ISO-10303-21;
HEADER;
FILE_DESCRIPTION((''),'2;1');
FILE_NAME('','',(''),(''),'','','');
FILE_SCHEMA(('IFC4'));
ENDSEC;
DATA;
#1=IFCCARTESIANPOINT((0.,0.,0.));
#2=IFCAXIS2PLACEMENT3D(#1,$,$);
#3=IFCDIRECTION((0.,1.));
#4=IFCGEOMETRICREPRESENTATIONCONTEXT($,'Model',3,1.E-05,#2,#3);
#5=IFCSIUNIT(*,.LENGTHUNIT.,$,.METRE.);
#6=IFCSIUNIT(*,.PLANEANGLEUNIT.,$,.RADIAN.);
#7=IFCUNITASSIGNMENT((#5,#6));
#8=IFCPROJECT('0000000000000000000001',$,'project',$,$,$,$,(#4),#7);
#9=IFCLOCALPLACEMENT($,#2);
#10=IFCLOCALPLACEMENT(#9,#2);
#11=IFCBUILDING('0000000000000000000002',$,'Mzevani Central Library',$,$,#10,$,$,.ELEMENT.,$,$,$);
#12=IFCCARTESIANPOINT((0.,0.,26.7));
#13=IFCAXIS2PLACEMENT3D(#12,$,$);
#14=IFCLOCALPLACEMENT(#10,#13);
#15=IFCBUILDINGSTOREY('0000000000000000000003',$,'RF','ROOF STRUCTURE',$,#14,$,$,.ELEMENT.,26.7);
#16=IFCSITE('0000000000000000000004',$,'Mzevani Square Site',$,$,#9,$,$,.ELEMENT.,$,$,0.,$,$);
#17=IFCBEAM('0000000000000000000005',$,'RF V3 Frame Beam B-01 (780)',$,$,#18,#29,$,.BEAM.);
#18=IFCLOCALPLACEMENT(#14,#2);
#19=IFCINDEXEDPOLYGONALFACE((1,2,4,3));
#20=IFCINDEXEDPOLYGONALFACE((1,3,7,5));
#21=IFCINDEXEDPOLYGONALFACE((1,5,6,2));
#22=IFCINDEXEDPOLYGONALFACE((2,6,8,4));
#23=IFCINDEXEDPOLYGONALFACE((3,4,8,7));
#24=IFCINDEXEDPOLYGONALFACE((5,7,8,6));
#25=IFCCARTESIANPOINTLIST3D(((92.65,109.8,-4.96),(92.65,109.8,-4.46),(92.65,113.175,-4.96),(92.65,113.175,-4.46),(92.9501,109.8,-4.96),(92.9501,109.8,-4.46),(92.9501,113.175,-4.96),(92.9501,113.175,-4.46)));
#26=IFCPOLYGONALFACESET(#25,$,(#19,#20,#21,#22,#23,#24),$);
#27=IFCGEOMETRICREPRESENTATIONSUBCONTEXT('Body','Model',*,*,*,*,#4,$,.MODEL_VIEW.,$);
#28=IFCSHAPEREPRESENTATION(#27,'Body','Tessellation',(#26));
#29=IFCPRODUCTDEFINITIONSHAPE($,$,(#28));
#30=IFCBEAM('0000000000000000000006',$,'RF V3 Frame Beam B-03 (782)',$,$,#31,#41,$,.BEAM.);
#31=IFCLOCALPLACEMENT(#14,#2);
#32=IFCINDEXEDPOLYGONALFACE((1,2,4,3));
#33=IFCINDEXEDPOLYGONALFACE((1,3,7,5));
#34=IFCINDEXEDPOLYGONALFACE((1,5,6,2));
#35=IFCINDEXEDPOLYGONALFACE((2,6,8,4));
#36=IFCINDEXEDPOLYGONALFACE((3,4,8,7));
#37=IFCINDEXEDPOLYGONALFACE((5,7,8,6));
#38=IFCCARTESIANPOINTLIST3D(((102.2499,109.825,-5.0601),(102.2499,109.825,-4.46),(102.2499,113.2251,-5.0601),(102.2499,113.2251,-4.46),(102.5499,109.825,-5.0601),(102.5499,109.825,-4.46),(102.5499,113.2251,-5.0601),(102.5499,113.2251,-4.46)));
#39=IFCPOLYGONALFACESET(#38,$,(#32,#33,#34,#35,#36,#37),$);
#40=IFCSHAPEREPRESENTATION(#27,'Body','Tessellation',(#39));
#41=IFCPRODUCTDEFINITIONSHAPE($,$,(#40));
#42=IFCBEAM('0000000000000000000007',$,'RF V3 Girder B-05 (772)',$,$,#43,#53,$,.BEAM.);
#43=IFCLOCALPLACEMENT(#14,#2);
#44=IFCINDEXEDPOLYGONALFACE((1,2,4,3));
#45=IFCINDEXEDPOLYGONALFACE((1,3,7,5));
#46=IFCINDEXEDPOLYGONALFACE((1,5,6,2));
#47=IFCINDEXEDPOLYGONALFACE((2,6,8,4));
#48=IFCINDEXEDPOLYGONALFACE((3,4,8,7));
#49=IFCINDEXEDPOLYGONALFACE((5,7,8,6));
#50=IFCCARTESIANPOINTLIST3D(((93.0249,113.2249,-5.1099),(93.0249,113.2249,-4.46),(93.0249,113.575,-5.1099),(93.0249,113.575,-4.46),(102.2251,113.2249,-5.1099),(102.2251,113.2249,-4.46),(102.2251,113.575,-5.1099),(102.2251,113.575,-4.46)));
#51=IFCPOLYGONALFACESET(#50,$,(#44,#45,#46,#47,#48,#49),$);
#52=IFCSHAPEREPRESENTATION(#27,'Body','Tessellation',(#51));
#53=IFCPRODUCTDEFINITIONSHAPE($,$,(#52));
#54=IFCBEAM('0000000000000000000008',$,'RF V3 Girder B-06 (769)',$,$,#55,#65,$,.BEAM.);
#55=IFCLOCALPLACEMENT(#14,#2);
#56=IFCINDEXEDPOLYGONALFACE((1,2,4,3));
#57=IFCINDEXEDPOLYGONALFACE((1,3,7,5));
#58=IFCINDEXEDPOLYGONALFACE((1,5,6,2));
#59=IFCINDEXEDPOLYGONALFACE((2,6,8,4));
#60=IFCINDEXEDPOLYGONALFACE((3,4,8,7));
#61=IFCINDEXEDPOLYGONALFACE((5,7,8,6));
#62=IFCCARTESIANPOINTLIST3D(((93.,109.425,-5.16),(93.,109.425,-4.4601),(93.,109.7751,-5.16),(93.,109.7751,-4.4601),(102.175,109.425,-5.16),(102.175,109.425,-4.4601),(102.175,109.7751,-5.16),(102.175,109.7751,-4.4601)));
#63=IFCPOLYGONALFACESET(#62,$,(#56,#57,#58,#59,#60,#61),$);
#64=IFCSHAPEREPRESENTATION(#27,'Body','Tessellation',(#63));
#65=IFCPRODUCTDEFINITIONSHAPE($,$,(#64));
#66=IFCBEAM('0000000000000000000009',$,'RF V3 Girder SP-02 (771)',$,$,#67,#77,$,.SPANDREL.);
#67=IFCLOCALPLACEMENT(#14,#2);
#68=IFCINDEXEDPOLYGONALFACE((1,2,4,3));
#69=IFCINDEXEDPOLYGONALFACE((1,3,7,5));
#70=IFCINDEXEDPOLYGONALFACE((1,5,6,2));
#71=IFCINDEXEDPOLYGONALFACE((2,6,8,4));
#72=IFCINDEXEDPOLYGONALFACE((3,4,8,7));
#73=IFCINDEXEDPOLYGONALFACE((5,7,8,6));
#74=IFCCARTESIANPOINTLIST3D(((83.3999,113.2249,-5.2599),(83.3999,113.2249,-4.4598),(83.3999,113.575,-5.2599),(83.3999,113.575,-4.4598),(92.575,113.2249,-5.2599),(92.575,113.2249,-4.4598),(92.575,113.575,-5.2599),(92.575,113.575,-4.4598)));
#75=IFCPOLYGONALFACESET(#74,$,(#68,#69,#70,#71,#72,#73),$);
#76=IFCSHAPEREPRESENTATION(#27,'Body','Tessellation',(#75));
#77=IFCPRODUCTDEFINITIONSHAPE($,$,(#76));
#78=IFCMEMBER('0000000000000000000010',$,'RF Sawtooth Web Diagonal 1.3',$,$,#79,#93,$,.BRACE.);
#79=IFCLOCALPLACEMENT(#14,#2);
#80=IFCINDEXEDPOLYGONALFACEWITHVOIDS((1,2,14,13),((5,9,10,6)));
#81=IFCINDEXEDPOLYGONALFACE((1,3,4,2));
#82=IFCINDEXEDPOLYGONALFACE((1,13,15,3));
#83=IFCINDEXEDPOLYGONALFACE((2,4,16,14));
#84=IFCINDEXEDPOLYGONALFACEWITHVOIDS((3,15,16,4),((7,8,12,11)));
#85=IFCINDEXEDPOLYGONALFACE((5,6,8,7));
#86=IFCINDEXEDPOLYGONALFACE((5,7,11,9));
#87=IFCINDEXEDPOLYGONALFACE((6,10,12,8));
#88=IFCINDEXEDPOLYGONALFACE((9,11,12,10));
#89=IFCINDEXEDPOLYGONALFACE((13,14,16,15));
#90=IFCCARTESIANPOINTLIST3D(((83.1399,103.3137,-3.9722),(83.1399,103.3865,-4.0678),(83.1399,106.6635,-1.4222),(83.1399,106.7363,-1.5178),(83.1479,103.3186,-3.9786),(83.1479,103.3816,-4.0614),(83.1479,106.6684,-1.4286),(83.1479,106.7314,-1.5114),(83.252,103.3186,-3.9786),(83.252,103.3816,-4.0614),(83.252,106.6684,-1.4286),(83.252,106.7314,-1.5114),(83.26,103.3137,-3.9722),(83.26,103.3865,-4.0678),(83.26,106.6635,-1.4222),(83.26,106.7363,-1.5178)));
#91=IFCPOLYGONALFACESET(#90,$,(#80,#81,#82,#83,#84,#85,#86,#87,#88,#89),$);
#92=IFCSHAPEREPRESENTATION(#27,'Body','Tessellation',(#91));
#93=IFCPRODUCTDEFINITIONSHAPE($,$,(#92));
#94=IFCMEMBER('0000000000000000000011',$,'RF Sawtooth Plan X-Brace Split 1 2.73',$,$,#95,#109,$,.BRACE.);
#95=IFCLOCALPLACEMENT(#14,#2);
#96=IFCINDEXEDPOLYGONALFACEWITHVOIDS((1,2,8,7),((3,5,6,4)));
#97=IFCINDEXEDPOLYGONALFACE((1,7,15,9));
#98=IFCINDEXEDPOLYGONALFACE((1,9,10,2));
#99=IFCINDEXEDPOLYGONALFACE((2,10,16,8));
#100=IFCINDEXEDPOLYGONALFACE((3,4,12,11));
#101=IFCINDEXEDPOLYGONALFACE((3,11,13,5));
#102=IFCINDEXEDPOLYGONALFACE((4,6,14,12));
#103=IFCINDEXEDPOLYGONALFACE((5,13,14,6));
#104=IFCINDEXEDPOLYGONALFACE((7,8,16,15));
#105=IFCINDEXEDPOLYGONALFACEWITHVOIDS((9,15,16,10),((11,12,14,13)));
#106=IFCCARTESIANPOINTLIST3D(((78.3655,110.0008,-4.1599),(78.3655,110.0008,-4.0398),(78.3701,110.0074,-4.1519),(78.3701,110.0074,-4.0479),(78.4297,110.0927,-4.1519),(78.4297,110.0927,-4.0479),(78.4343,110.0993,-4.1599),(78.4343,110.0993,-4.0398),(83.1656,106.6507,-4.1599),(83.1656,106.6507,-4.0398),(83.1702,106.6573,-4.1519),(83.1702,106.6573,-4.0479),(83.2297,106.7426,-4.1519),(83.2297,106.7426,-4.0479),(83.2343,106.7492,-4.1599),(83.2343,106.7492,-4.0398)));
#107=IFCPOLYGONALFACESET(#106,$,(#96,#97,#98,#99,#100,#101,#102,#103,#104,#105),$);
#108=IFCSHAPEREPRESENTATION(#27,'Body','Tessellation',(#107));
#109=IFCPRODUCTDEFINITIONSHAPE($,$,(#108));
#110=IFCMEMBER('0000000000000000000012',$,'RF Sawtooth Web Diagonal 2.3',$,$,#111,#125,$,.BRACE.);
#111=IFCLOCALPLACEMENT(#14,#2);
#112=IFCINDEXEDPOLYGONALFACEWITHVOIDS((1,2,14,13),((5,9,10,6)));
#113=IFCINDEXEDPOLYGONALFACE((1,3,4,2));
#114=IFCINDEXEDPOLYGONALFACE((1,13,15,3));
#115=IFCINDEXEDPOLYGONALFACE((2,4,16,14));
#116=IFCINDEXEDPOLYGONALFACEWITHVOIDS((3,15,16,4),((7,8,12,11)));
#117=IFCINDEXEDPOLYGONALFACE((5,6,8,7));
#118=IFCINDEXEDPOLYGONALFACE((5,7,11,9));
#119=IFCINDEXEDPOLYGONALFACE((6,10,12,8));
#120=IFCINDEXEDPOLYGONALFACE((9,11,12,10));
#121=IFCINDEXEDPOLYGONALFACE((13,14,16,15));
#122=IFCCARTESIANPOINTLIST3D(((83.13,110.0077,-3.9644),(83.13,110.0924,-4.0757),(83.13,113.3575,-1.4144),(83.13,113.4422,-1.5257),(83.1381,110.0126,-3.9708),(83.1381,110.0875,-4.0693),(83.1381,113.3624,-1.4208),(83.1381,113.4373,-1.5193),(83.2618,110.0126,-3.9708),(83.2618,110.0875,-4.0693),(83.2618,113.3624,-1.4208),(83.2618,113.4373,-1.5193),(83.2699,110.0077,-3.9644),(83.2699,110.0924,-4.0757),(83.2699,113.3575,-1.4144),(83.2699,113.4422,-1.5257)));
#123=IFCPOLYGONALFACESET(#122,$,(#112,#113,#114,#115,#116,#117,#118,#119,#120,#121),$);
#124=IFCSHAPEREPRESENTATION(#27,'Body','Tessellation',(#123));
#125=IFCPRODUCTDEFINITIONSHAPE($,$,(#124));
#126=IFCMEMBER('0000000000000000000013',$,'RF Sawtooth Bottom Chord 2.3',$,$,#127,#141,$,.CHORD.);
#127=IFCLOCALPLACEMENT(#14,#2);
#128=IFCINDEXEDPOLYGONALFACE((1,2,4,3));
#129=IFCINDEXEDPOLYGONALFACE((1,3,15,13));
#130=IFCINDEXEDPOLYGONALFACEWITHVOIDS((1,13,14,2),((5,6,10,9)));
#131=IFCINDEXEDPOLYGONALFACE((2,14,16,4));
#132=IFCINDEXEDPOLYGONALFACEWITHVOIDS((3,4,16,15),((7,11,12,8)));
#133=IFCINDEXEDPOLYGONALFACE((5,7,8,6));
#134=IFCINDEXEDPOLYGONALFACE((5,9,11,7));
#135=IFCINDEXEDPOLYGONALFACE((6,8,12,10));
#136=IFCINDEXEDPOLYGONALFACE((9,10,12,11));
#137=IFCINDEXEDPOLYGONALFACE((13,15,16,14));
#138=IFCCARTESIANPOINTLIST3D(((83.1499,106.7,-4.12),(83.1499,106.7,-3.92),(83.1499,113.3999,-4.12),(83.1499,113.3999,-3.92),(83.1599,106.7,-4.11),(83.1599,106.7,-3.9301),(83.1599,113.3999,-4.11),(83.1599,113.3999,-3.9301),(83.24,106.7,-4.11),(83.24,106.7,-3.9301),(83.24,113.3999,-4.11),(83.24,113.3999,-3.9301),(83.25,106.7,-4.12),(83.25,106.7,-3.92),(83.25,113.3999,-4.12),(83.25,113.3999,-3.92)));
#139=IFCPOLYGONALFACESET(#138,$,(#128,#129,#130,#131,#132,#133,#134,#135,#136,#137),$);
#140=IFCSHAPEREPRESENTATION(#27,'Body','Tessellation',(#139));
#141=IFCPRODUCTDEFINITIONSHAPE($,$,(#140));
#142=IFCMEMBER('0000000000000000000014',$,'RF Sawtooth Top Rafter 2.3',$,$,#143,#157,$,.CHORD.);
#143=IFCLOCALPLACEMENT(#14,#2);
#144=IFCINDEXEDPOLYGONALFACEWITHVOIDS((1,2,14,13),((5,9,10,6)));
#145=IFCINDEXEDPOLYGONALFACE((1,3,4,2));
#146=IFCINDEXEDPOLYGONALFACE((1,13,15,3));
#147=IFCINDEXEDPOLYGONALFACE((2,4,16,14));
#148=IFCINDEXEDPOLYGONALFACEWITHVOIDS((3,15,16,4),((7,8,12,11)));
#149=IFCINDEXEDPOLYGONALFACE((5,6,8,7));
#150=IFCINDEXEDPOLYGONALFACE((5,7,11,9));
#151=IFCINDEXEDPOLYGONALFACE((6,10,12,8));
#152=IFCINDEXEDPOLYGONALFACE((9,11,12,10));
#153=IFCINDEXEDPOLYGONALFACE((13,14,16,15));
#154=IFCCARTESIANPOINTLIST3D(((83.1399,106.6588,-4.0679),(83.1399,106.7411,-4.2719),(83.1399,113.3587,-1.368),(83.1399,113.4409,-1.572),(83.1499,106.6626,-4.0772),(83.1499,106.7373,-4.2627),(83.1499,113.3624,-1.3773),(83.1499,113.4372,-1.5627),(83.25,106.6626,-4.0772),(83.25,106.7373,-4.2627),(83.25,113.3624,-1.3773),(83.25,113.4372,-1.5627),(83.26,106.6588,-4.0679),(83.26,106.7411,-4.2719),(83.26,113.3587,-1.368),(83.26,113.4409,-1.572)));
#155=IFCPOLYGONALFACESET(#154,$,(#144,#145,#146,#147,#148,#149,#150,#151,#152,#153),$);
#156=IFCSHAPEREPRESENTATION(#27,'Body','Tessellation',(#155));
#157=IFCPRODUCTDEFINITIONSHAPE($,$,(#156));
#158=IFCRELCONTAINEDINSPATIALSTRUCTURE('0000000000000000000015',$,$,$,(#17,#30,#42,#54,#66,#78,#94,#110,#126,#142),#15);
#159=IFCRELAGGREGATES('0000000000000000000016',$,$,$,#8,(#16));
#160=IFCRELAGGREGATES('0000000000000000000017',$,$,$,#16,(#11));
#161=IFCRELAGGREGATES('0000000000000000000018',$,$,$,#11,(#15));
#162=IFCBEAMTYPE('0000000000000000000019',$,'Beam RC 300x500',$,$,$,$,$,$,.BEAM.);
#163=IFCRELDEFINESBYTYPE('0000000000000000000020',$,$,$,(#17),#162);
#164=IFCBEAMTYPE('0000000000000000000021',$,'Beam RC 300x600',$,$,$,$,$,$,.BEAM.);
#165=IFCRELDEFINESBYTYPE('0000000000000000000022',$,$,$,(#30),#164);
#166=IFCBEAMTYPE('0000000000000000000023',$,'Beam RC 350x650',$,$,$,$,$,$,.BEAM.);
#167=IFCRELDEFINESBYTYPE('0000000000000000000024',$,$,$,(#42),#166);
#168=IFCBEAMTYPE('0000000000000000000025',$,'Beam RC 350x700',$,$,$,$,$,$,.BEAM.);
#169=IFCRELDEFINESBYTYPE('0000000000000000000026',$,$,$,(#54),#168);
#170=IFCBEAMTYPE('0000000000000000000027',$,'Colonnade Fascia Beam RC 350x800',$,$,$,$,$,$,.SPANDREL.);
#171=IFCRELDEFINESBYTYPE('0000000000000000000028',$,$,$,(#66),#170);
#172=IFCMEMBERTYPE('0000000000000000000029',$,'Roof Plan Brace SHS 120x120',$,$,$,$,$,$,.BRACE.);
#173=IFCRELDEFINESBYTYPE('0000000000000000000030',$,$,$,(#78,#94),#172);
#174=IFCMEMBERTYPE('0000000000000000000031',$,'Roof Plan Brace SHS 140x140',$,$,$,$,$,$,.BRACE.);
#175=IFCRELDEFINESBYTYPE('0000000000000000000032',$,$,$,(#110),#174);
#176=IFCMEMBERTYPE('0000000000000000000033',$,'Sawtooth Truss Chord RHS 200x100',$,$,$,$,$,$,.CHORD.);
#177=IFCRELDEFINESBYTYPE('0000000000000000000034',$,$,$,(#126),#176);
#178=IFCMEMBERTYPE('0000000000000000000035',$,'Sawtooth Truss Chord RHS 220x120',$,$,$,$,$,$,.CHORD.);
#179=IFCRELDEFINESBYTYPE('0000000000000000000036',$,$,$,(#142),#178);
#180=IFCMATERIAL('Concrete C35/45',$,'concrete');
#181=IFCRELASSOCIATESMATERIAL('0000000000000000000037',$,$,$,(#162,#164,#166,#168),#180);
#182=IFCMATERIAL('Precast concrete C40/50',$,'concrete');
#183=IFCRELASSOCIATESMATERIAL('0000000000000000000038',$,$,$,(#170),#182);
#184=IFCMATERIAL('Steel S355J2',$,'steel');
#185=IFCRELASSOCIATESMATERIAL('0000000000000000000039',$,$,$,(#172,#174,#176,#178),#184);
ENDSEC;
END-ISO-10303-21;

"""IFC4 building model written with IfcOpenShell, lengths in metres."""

from ifc_helpers import new_model, si_unit, direction, frame, origin, origin_2d, place, context, subcontext, project, spatial, rectangle, hollow_rectangle, extrude, material, material_profile, profile_set, type_object, element, save


model = new_model("IFC4")

# Units and contexts
model_context = context("Model", 3, precision=1e-05, world=origin(), true_north=direction((0.0, 1.0)))
body_context = subcontext(model_context, "Body", "Model", "MODEL_VIEW")
ifc_project = project(units=[si_unit("LENGTHUNIT", "METRE"), si_unit("PLANEANGLEUNIT", "RADIAN")], contexts=[model_context])

# Site, building, storey
site_placement = place(None, origin())
site = spatial("IfcSite", under=ifc_project, at=site_placement, Name="Mzevani Square Site", CompositionType="ELEMENT", RefElevation=0.0)
building_placement = place(site_placement, origin())
building = spatial("IfcBuilding", under=site, at=building_placement, Name="Mzevani Central Library", CompositionType="ELEMENT")
storey_placement = place(building_placement, frame((0.0, 0.0, 26.7)))
storey = spatial("IfcBuildingStorey", under=building, at=storey_placement, Name="RF", Description="ROOF STRUCTURE", CompositionType="ELEMENT", Elevation=26.7)

# Beams
ifc_material_1 = material(Name="Concrete C35/45", Category="concrete")
ifc_material_profile_1 = material_profile(ifc_material_1, rectangle(XDim=0.3, YDim=0.5, at=origin_2d()), Name="RC B300x500")
ifc_profile_set_1 = profile_set([ifc_material_profile_1], Name="Concrete C35/45")
beam_type_1 = type_object("IfcBeamType", Name="Beam RC 300x500", PredefinedType="BEAM", material=ifc_profile_set_1)
beam_1_placement = place(storey_placement, frame((92.8, 109.8, -4.71), z_axis=(0.0, 1.0, 0.0), x_axis=(-1.0, 0.0, 0.0)))
element("IfcBeam", 1, at=beam_1_placement, inside=storey, type_object=beam_type_1, Name="RF V3 Frame Beam B-01 (780)", PredefinedType="BEAM", context=body_context, shape_type="SweptSolid", body=[
    extrude(rectangle(XDim=0.3, YDim=0.5, at=origin_2d()), origin(), (0.0, 0.0, 1.0), 3.375),
])
ifc_material_profile_2 = material_profile(ifc_material_1, rectangle(XDim=0.3, YDim=0.6001, at=origin_2d()), Name="RC B300x600")
ifc_profile_set_2 = profile_set([ifc_material_profile_2], Name="Concrete C35/45")
beam_type_2 = type_object("IfcBeamType", Name="Beam RC 300x600", PredefinedType="BEAM", material=ifc_profile_set_2)
beam_2_placement = place(storey_placement, frame((102.3999, 109.825, -4.76), z_axis=(0.0, 1.0, 0.0), x_axis=(-1.0, 0.0, 0.0)))
element("IfcBeam", 2, at=beam_2_placement, inside=storey, type_object=beam_type_2, Name="RF V3 Frame Beam B-03 (782)", PredefinedType="BEAM", context=body_context, shape_type="SweptSolid", body=[
    extrude(rectangle(XDim=0.3, YDim=0.6001, at=origin_2d()), origin(), (0.0, 0.0, 1.0), 3.4001),
])
ifc_material_profile_3 = material_profile(ifc_material_1, rectangle(XDim=0.3501, YDim=0.6499, at=origin_2d()), Name="RC B350x650")
ifc_profile_set_3 = profile_set([ifc_material_profile_3], Name="Concrete C35/45")
beam_type_3 = type_object("IfcBeamType", Name="Beam RC 350x650", PredefinedType="BEAM", material=ifc_profile_set_3)
beam_3_placement = place(storey_placement, frame((93.0249, 113.3999, -4.7849), z_axis=(1.0, 0.0, 0.0), x_axis=(0.0, 1.0, 0.0)))
element("IfcBeam", 3, at=beam_3_placement, inside=storey, type_object=beam_type_3, Name="RF V3 Girder B-05 (772)", PredefinedType="BEAM", context=body_context, shape_type="SweptSolid", body=[
    extrude(rectangle(XDim=0.3501, YDim=0.6499, at=origin_2d()), origin(), (0.0, 0.0, 1.0), 9.2002),
])
ifc_material_profile_4 = material_profile(ifc_material_1, rectangle(XDim=0.3501, YDim=0.7, at=origin_2d()), Name="RC B350x700")
ifc_profile_set_4 = profile_set([ifc_material_profile_4], Name="Concrete C35/45")
beam_type_4 = type_object("IfcBeamType", Name="Beam RC 350x700", PredefinedType="BEAM", material=ifc_profile_set_4)
beam_4_placement = place(storey_placement, frame((93.0, 109.6001, -4.8101), z_axis=(1.0, 0.0, 0.0), x_axis=(0.0, 1.0, 0.0)))
element("IfcBeam", 4, at=beam_4_placement, inside=storey, type_object=beam_type_4, Name="RF V3 Girder B-06 (769)", PredefinedType="BEAM", context=body_context, shape_type="SweptSolid", body=[
    extrude(rectangle(XDim=0.3501, YDim=0.7, at=origin_2d()), origin(), (0.0, 0.0, 1.0), 9.175),
])
ifc_material_2 = material(Name="Precast concrete C40/50", Category="concrete")
ifc_material_profile_5 = material_profile(ifc_material_2, rectangle(XDim=0.3501, YDim=0.8, at=origin_2d()), Name="RC SP350x800")
ifc_profile_set_5 = profile_set([ifc_material_profile_5], Name="Precast concrete C40/50")
beam_type_5 = type_object("IfcBeamType", Name="Colonnade Fascia Beam RC 350x800", PredefinedType="SPANDREL", material=ifc_profile_set_5)
beam_5_placement = place(storey_placement, frame((83.3999, 113.3999, -4.8599), z_axis=(1.0, 0.0, 0.0), x_axis=(0.0, 1.0, 0.0)))
element("IfcBeam", 5, at=beam_5_placement, inside=storey, type_object=beam_type_5, Name="RF V3 Girder SP-02 (771)", PredefinedType="SPANDREL", context=body_context, shape_type="SweptSolid", body=[
    extrude(rectangle(XDim=0.3501, YDim=0.8, at=origin_2d()), origin(), (0.0, 0.0, 1.0), 9.175),
])

# Members
ifc_material_3 = material(Name="Steel S355J2", Category="steel")
ifc_material_profile_6 = material_profile(ifc_material_3, hollow_rectangle(XDim=0.1201, YDim=0.1201, WallThickness=0.0081, at=origin_2d()), Name="SHS 120x120x8.0")
ifc_profile_set_6 = profile_set([ifc_material_profile_6], Name="Steel S355J2")
member_type_1 = type_object("IfcMemberType", Name="Roof Plan Brace SHS 120x120", PredefinedType="BRACE", material=ifc_profile_set_6)
member_1_placement = place(storey_placement, frame((83.2, 103.3501, -4.02), z_axis=(0.0, 0.795686, 0.605709), x_axis=(-1.0, 0.0, 0.0)))
element("IfcMember", 6, at=member_1_placement, inside=storey, type_object=member_type_1, Name="RF Sawtooth Web Diagonal 1.3", PredefinedType="BRACE", context=body_context, shape_type="SweptSolid", body=[
    extrude(hollow_rectangle(XDim=0.1201, YDim=0.1201, WallThickness=0.0081, at=origin_2d()), origin(), (0.0, 0.0, 1.0), 4.21),
])
member_2_placement = place(storey_placement, frame((83.2, 106.7, -4.0999), z_axis=(-0.820029, 0.572323, 0.0), x_axis=(-0.572323, -0.820029, 0.0)))
element("IfcMember", 7, at=member_2_placement, inside=storey, type_object=member_type_1, Name="RF Sawtooth Plan X-Brace Split 1 2.73", PredefinedType="BRACE", context=body_context, shape_type="SweptSolid", body=[
    extrude(hollow_rectangle(XDim=0.1201, YDim=0.1201, WallThickness=0.0081, at=origin_2d()), origin(), (0.0, 0.0, 1.0), 5.8535),
])
ifc_material_profile_7 = material_profile(ifc_material_3, hollow_rectangle(XDim=0.1399, YDim=0.1399, WallThickness=0.0081, at=origin_2d()), Name="SHS 140x140x8.0")
ifc_profile_set_7 = profile_set([ifc_material_profile_7], Name="Steel S355J2")
member_type_2 = type_object("IfcMemberType", Name="Roof Plan Brace SHS 140x140", PredefinedType="BRACE", material=ifc_profile_set_7)
member_3_placement = place(storey_placement, frame((83.2, 110.05, -4.02), z_axis=(0.0, 0.795686, 0.605709), x_axis=(-1.0, 0.0, 0.0)))
element("IfcMember", 8, at=member_3_placement, inside=storey, type_object=member_type_2, Name="RF Sawtooth Web Diagonal 2.3", PredefinedType="BRACE", context=body_context, shape_type="SweptSolid", body=[
    extrude(hollow_rectangle(XDim=0.1399, YDim=0.1399, WallThickness=0.0081, at=origin_2d()), origin(), (0.0, 0.0, 1.0), 4.21),
])
ifc_material_profile_8 = material_profile(ifc_material_3, hollow_rectangle(XDim=0.1001, YDim=0.2, WallThickness=0.01, at=origin_2d()), Name="RHS 200x100x10.0")
ifc_profile_set_8 = profile_set([ifc_material_profile_8], Name="Steel S355J2")
member_type_3 = type_object("IfcMemberType", Name="Sawtooth Truss Chord RHS 200x100", PredefinedType="CHORD", material=ifc_profile_set_8)
member_4_placement = place(storey_placement, frame((83.2, 106.7, -4.02), z_axis=(0.0, 1.0, 0.0), x_axis=(-1.0, 0.0, 0.0)))
element("IfcMember", 9, at=member_4_placement, inside=storey, type_object=member_type_3, Name="RF Sawtooth Bottom Chord 2.3", PredefinedType="CHORD", context=body_context, shape_type="SweptSolid", body=[
    extrude(hollow_rectangle(XDim=0.1001, YDim=0.2, WallThickness=0.01, at=origin_2d()), origin(), (0.0, 0.0, 1.0), 6.7),
])
ifc_material_profile_9 = material_profile(ifc_material_3, hollow_rectangle(XDim=0.1201, YDim=0.22, WallThickness=0.01, at=origin_2d()), Name="RHS 220x120x10.0")
ifc_profile_set_9 = profile_set([ifc_material_profile_9], Name="Steel S355J2")
member_type_4 = type_object("IfcMemberType", Name="Sawtooth Truss Chord RHS 220x120", PredefinedType="CHORD", material=ifc_profile_set_9)
member_5_placement = place(storey_placement, frame((83.2, 106.7, -4.1699), z_axis=(0.0, 0.92752, 0.373773), x_axis=(-1.0, 0.0, 0.0)))
element("IfcMember", 10, at=member_5_placement, inside=storey, type_object=member_type_4, Name="RF Sawtooth Top Rafter 2.3", PredefinedType="CHORD", context=body_context, shape_type="SweptSolid", body=[
    extrude(hollow_rectangle(XDim=0.1201, YDim=0.22, WallThickness=0.01, at=origin_2d()), origin(), (0.0, 0.0, 1.0), 7.2234),
])

save(model, "model.ifc")
